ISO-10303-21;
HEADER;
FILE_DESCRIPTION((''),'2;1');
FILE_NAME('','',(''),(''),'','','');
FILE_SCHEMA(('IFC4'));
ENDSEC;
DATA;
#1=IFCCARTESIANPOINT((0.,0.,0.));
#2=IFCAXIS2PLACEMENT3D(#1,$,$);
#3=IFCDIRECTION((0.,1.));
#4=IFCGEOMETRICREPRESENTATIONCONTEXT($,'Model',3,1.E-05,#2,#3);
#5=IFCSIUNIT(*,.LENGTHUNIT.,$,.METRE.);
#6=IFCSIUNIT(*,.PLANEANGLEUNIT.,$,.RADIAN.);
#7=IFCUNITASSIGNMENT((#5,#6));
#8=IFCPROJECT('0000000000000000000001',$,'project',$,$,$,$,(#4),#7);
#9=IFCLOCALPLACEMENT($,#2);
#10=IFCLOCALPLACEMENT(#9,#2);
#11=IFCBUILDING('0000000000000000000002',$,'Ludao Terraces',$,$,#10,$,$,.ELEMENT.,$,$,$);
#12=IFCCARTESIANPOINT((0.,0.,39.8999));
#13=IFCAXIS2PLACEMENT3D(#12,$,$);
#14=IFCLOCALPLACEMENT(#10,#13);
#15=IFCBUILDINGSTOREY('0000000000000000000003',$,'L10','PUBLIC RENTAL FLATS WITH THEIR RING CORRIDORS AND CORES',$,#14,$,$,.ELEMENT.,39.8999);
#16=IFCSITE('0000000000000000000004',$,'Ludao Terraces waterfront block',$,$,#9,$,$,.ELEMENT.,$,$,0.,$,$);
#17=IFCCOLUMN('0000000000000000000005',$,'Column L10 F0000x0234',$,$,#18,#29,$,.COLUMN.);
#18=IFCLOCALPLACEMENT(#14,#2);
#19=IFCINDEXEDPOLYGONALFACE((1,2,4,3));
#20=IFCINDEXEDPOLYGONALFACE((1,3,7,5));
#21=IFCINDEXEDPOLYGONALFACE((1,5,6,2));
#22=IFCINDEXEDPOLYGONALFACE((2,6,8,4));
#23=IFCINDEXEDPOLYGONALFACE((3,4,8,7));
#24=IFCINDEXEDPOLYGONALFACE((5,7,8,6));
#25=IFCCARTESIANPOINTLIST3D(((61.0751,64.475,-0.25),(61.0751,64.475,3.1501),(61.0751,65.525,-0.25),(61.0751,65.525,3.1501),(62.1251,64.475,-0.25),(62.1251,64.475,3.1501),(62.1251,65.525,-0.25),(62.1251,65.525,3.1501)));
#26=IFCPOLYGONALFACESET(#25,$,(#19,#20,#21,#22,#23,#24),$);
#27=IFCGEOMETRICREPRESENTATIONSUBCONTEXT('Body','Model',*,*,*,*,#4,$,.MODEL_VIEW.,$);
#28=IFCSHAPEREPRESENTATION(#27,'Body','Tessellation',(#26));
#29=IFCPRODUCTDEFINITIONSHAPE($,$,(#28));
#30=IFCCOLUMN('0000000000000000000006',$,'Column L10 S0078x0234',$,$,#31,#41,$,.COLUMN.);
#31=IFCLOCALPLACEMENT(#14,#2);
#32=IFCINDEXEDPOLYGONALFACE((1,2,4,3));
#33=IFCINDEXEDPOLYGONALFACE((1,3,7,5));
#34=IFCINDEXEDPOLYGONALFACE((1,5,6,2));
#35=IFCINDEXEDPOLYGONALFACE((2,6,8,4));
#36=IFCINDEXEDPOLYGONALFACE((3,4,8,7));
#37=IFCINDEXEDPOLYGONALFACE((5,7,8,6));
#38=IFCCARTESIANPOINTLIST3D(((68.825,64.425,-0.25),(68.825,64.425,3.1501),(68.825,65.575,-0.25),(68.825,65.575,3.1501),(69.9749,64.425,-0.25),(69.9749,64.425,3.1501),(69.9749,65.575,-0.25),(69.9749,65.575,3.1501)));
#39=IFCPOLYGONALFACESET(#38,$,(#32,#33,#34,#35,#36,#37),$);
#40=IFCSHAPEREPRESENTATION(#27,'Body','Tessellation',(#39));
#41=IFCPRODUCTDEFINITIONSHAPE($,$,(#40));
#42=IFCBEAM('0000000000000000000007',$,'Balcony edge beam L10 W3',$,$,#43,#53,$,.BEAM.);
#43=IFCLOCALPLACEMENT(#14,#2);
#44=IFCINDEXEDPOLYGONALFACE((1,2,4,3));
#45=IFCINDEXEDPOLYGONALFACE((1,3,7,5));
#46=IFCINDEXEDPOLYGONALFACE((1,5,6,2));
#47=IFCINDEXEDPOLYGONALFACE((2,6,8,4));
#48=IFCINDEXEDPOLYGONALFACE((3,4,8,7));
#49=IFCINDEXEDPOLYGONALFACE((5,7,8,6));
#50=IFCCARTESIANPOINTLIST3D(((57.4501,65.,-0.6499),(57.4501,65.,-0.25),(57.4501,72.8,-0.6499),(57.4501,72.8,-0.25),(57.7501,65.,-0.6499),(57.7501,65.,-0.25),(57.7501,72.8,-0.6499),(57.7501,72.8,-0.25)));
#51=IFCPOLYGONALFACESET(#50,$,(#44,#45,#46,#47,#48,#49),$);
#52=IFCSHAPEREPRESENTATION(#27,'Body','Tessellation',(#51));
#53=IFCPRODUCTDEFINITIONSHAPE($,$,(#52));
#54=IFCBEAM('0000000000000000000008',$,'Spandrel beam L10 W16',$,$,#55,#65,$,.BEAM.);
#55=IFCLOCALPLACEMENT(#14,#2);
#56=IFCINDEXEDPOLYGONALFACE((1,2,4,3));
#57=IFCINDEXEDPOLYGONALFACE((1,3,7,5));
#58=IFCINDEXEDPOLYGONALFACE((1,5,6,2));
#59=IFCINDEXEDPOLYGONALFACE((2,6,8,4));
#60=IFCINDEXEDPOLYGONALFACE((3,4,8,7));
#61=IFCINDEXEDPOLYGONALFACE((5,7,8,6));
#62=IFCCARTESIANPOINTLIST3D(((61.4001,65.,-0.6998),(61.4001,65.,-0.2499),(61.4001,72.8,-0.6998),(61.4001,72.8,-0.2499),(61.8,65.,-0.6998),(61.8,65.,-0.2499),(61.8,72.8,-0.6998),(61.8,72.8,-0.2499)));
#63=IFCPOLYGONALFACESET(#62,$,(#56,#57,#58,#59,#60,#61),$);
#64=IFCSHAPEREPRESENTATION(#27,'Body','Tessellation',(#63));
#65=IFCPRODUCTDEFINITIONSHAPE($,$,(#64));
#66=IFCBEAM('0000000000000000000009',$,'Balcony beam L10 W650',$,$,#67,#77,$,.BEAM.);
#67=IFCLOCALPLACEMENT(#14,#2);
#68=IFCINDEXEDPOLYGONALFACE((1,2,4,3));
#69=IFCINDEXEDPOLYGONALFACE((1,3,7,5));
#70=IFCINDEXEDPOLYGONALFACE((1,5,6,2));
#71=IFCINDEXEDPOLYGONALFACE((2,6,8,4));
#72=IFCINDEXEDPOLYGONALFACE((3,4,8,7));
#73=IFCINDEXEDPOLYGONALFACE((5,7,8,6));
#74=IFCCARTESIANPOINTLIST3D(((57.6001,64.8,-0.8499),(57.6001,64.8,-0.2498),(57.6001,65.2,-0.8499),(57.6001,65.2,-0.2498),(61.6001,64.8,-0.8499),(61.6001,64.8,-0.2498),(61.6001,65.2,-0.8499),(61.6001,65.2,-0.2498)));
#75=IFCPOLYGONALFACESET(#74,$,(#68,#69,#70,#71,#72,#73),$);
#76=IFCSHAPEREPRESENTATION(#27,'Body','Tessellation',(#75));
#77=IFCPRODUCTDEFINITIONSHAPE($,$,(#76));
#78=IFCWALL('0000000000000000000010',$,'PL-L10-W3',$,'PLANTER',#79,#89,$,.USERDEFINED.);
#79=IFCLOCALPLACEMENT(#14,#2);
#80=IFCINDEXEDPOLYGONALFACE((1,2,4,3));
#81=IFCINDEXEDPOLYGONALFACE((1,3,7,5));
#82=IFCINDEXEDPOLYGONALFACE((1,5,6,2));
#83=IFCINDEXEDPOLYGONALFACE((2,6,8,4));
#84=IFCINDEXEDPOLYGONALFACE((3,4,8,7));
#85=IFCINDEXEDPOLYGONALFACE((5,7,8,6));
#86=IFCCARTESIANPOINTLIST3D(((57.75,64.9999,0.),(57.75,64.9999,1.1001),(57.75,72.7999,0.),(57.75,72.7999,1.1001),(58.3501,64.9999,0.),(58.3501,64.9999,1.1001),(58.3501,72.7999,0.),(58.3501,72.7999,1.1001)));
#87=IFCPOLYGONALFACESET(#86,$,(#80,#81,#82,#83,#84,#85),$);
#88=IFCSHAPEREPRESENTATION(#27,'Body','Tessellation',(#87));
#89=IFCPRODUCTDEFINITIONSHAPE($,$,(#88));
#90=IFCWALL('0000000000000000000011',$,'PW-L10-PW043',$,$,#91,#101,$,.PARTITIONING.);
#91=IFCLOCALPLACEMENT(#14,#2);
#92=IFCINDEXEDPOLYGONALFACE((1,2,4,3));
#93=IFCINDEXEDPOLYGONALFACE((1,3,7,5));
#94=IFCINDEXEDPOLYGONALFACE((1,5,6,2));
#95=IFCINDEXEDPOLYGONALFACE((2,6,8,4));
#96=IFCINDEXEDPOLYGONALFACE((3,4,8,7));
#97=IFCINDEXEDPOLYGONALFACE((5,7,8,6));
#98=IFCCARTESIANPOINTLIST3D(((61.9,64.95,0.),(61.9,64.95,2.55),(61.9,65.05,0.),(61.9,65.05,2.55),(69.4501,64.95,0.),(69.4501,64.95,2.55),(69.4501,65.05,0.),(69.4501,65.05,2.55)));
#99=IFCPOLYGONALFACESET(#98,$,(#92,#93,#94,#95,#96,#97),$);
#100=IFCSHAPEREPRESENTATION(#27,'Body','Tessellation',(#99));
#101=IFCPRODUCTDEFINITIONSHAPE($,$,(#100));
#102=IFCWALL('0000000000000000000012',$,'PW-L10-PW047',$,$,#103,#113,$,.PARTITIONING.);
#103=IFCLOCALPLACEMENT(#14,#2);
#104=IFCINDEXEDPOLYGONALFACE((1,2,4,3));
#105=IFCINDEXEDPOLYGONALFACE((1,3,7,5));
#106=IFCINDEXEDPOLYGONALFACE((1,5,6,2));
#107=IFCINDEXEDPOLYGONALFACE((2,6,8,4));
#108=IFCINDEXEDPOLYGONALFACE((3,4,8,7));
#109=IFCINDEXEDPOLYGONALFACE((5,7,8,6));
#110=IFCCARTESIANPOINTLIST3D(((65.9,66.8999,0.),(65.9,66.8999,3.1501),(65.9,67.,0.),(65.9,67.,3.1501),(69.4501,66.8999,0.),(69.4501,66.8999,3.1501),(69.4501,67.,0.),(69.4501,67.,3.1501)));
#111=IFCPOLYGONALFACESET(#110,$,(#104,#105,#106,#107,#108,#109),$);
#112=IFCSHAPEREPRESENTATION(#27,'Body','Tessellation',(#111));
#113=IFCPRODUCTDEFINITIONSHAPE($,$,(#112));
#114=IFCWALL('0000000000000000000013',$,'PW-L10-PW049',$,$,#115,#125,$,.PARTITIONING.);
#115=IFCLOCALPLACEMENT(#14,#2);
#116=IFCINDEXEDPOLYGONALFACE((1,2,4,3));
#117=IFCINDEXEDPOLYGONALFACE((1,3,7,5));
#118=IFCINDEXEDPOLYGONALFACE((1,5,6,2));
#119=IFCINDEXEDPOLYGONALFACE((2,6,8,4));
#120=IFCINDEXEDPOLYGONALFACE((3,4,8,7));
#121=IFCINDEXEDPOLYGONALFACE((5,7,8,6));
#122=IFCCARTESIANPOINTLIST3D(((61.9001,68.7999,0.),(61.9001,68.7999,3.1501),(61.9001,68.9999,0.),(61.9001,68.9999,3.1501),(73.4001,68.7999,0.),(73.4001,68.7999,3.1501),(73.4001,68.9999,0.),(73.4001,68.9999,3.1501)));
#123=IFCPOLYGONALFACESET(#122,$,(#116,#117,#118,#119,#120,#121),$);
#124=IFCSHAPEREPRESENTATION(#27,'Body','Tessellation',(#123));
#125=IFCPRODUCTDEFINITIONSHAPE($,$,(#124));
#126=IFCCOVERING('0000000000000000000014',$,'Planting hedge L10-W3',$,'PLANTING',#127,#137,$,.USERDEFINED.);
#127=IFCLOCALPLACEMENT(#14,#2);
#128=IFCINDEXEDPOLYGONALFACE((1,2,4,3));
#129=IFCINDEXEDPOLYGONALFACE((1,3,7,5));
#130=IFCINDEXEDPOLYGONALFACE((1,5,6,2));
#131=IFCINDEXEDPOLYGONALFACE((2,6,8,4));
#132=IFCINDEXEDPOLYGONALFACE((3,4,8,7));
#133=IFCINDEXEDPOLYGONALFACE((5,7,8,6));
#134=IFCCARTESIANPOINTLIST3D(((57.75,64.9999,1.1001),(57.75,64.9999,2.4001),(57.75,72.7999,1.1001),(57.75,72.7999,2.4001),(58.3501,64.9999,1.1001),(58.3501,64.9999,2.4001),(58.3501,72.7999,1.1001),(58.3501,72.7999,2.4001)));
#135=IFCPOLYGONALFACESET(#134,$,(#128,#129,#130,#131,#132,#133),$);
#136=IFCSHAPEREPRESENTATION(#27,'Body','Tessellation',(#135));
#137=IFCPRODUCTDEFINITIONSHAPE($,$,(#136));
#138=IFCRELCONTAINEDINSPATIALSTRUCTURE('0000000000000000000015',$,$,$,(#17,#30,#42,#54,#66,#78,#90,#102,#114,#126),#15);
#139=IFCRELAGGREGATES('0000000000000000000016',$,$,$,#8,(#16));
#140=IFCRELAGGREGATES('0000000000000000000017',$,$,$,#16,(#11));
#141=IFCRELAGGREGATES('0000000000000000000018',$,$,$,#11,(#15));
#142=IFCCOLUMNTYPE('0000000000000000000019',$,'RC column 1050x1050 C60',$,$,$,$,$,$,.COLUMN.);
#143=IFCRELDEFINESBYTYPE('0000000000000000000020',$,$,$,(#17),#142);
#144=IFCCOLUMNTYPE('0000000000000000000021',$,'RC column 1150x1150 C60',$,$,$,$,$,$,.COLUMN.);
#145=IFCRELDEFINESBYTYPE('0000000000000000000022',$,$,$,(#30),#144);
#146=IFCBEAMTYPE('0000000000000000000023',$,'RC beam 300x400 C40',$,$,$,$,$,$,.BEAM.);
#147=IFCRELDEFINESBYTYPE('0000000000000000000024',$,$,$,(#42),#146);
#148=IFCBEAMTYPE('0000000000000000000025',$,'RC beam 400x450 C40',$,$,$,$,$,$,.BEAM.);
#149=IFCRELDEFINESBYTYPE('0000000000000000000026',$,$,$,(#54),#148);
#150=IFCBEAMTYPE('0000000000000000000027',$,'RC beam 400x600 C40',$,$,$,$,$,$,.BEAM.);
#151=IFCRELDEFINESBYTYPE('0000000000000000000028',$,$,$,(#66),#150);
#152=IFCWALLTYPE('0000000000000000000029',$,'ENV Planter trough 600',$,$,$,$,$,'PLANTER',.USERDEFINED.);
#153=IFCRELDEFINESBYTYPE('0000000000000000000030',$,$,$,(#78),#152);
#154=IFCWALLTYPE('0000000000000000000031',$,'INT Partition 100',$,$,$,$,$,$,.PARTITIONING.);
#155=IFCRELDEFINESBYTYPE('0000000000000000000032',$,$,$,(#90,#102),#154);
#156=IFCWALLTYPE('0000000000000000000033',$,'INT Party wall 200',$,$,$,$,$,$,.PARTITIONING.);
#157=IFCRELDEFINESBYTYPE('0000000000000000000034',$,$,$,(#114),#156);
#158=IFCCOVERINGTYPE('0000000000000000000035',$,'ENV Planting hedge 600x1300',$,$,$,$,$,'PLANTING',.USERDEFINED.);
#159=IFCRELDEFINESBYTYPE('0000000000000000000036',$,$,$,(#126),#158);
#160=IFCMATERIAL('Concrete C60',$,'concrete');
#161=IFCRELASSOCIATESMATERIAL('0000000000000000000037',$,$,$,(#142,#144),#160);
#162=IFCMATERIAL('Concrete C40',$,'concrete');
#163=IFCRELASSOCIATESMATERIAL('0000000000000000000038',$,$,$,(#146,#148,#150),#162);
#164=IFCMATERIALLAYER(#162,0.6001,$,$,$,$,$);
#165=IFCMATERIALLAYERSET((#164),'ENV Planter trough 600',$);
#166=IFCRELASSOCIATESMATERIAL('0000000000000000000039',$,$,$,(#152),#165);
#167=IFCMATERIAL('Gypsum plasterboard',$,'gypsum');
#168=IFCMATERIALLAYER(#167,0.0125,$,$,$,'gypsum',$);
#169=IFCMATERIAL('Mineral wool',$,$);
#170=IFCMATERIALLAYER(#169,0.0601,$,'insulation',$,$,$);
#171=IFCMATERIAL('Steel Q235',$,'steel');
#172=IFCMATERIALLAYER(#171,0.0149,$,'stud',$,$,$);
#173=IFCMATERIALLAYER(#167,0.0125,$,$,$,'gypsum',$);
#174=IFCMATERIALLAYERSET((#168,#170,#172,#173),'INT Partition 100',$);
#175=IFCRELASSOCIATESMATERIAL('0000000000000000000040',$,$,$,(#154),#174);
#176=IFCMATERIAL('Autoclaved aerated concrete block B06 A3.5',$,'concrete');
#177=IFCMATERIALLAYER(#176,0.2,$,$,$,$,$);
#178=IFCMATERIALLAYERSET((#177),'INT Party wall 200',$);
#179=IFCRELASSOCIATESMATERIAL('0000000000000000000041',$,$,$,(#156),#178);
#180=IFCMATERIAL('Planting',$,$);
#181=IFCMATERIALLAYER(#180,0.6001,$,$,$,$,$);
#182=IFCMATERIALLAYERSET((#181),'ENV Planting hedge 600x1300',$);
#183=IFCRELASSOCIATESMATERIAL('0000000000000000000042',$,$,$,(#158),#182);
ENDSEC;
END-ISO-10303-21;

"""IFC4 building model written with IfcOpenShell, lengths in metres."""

from ifc_helpers import new_model, si_unit, direction, frame, frame_2d, origin, origin_2d, place, context, subcontext, project, spatial, rectangle, extrude, material, layer, layer_set, material_profile, profile_set, type_object, element, save


model = new_model("IFC4")

# Units and contexts
model_context = context("Model", 3, precision=1e-05, world=origin(), true_north=direction((0.0, 1.0)))
body_context = subcontext(model_context, "Body", "Model", "MODEL_VIEW")
ifc_project = project(units=[si_unit("LENGTHUNIT", "METRE"), si_unit("PLANEANGLEUNIT", "RADIAN")], contexts=[model_context])

# Site, building, storey
site_placement = place(None, origin())
site = spatial("IfcSite", under=ifc_project, at=site_placement, Name="Ludao Terraces waterfront block", CompositionType="ELEMENT", RefElevation=0.0)
building_placement = place(site_placement, origin())
building = spatial("IfcBuilding", under=site, at=building_placement, Name="Ludao Terraces", CompositionType="ELEMENT")
storey_placement = place(building_placement, frame((0.0, 0.0, 39.8999)))
storey = spatial("IfcBuildingStorey", under=building, at=storey_placement, Name="L10", Description="PUBLIC RENTAL FLATS WITH THEIR RING CORRIDORS AND CORES", CompositionType="ELEMENT", Elevation=39.8999)

# Columns
ifc_material_1 = material(Name="Concrete C60", Category="concrete")
ifc_material_profile_1 = material_profile(ifc_material_1, rectangle(XDim=1.05, YDim=1.05, at=origin_2d()), Name="1050 X 1050")
ifc_profile_set_1 = profile_set([ifc_material_profile_1], Name="Concrete C60")
column_type_1 = type_object("IfcColumnType", Name="RC column 1050x1050 C60", PredefinedType="COLUMN", material=ifc_profile_set_1)
column_1_placement = place(storey_placement, frame((61.6001, 65.0, -0.25), z_axis=(0.0, 0.0, 1.0), x_axis=(1.0, 0.0, 0.0)))
element("IfcColumn", 1, at=column_1_placement, inside=storey, type_object=column_type_1, Name="Column L10 F0000x0234", PredefinedType="COLUMN", context=body_context, shape_type="SweptSolid", body=[
    extrude(rectangle(XDim=1.05, YDim=1.05, at=origin_2d()), origin(), (0.0, 0.0, 1.0), 3.4001),
])
ifc_material_profile_2 = material_profile(ifc_material_1, rectangle(XDim=1.1499, YDim=1.1499, at=origin_2d()), Name="1150 X 1150")
ifc_profile_set_2 = profile_set([ifc_material_profile_2], Name="Concrete C60")
column_type_2 = type_object("IfcColumnType", Name="RC column 1150x1150 C60", PredefinedType="COLUMN", material=ifc_profile_set_2)
column_2_placement = place(storey_placement, frame((69.3999, 65.0, -0.25), z_axis=(0.0, 0.0, 1.0), x_axis=(1.0, 0.0, 0.0)))
element("IfcColumn", 2, at=column_2_placement, inside=storey, type_object=column_type_2, Name="Column L10 S0078x0234", PredefinedType="COLUMN", context=body_context, shape_type="SweptSolid", body=[
    extrude(rectangle(XDim=1.1499, YDim=1.1499, at=origin_2d()), origin(), (0.0, 0.0, 1.0), 3.4001),
])

# Beams
ifc_material_2 = material(Name="Concrete C40", Category="concrete")
ifc_material_profile_3 = material_profile(ifc_material_2, rectangle(XDim=0.3, YDim=0.3999, at=origin_2d()), Name="300 X 400")
ifc_profile_set_3 = profile_set([ifc_material_profile_3], Name="Concrete C40")
beam_type_1 = type_object("IfcBeamType", Name="RC beam 300x400 C40", PredefinedType="BEAM", material=ifc_profile_set_3)
beam_1_placement = place(storey_placement, frame((57.6001, 65.0, -0.45), z_axis=(0.0, 1.0, 0.0), x_axis=(-1.0, 0.0, 0.0)))
element("IfcBeam", 3, at=beam_1_placement, inside=storey, type_object=beam_type_1, Name="Balcony edge beam L10 W3", PredefinedType="BEAM", context=body_context, shape_type="SweptSolid", body=[
    extrude(rectangle(XDim=0.3, YDim=0.3999, at=origin_2d()), origin(), (0.0, 0.0, 1.0), 7.8),
])
ifc_material_profile_4 = material_profile(ifc_material_2, rectangle(XDim=0.3999, YDim=0.45, at=origin_2d()), Name="400 X 450")
ifc_profile_set_4 = profile_set([ifc_material_profile_4], Name="Concrete C40")
beam_type_2 = type_object("IfcBeamType", Name="RC beam 400x450 C40", PredefinedType="BEAM", material=ifc_profile_set_4)
beam_2_placement = place(storey_placement, frame((61.6001, 65.0, -0.4749), z_axis=(0.0, 1.0, 0.0), x_axis=(-1.0, 0.0, 0.0)))
element("IfcBeam", 4, at=beam_2_placement, inside=storey, type_object=beam_type_2, Name="Spandrel beam L10 W16", PredefinedType="BEAM", context=body_context, shape_type="SweptSolid", body=[
    extrude(rectangle(XDim=0.3999, YDim=0.45, at=origin_2d()), origin(), (0.0, 0.0, 1.0), 7.8),
])
ifc_material_profile_5 = material_profile(ifc_material_2, rectangle(XDim=0.3999, YDim=0.6001, at=origin_2d()), Name="400 X 600")
ifc_profile_set_5 = profile_set([ifc_material_profile_5], Name="Concrete C40")
beam_type_3 = type_object("IfcBeamType", Name="RC beam 400x600 C40", PredefinedType="BEAM", material=ifc_profile_set_5)
beam_3_placement = place(storey_placement, frame((61.6001, 65.0, -0.5498), z_axis=(-1.0, 0.0, 0.0), x_axis=(0.0, -1.0, 0.0)))
element("IfcBeam", 5, at=beam_3_placement, inside=storey, type_object=beam_type_3, Name="Balcony beam L10 W650", PredefinedType="BEAM", context=body_context, shape_type="SweptSolid", body=[
    extrude(rectangle(XDim=0.3999, YDim=0.6001, at=origin_2d()), origin(), (0.0, 0.0, 1.0), 4.0),
])

# Wall
ifc_layer_1 = layer(ifc_material_2, 0.6001)
ifc_layer_set_1 = layer_set([ifc_layer_1], Name="ENV Planter trough 600")
wall_type_1 = type_object("IfcWallType", Name="ENV Planter trough 600", ElementType="PLANTER", PredefinedType="USERDEFINED", material=ifc_layer_set_1)
wall_1_placement = place(storey_placement, frame((58.05, 65.0, 0.0), z_axis=(0.0, 0.0, 1.0), x_axis=(0.0, 1.0, 0.0)))
element("IfcWall", 6, at=wall_1_placement, inside=storey, type_object=wall_type_1, Name="PL-L10-W3", ObjectType="PLANTER", PredefinedType="USERDEFINED", context=body_context, shape_type="SweptSolid", body=[
    extrude(rectangle(XDim=7.8, YDim=0.6001, at=frame_2d((3.8999, 0.0))), origin(), (0.0, 0.0, 1.0), 1.1001),
])

# Shared definitions
ifc_material_3 = material(Name="Mineral wool")

# Walls
ifc_material_4 = material(Name="Gypsum plasterboard", Category="gypsum")
ifc_layer_2 = layer(ifc_material_4, 0.0125, Category="gypsum")
ifc_layer_3 = layer(ifc_material_3, 0.0601, Name="insulation")
ifc_material_5 = material(Name="Steel Q235", Category="steel")
ifc_layer_4 = layer(ifc_material_5, 0.0149, Name="stud")
ifc_layer_5 = layer(ifc_material_4, 0.0125, Category="gypsum")
ifc_layer_set_2 = layer_set([ifc_layer_2, ifc_layer_3, ifc_layer_4, ifc_layer_5], Name="INT Partition 100")
wall_type_2 = type_object("IfcWallType", Name="INT Partition 100", PredefinedType="PARTITIONING", material=ifc_layer_set_2)
wall_2_placement = place(storey_placement, frame((61.9001, 65.0, 0.0), z_axis=(0.0, 0.0, 1.0), x_axis=(1.0, 0.0, 0.0)))
element("IfcWall", 7, at=wall_2_placement, inside=storey, type_object=wall_type_2, Name="PW-L10-PW043", PredefinedType="PARTITIONING", context=body_context, shape_type="SweptSolid", body=[
    extrude(rectangle(XDim=7.55, YDim=0.1001, at=frame_2d((3.7749, 0.0))), origin(), (0.0, 0.0, 1.0), 2.55),
])
wall_3_placement = place(storey_placement, frame((65.9001, 66.95, 0.0), z_axis=(0.0, 0.0, 1.0), x_axis=(1.0, 0.0, 0.0)))
element("IfcWall", 8, at=wall_3_placement, inside=storey, type_object=wall_type_2, Name="PW-L10-PW047", PredefinedType="PARTITIONING", context=body_context, shape_type="SweptSolid", body=[
    extrude(rectangle(XDim=3.55, YDim=0.1001, at=frame_2d((1.7749, 0.0))), origin(), (0.0, 0.0, 1.0), 3.1501),
])
ifc_material_6 = material(Name="Autoclaved aerated concrete block B06 A3.5", Category="concrete")
ifc_layer_6 = layer(ifc_material_6, 0.2)
ifc_layer_set_3 = layer_set([ifc_layer_6], Name="INT Party wall 200")
wall_type_3 = type_object("IfcWallType", Name="INT Party wall 200", PredefinedType="PARTITIONING", material=ifc_layer_set_3)
wall_4_placement = place(storey_placement, frame((61.9001, 68.8999, 0.0), z_axis=(0.0, 0.0, 1.0), x_axis=(1.0, 0.0, 0.0)))
element("IfcWall", 9, at=wall_4_placement, inside=storey, type_object=wall_type_3, Name="PW-L10-PW049", PredefinedType="PARTITIONING", context=body_context, shape_type="SweptSolid", body=[
    extrude(rectangle(XDim=11.5, YDim=0.2, at=frame_2d((5.75, 0.0))), origin(), (0.0, 0.0, 1.0), 3.1501),
])

# Covering
ifc_material_7 = material(Name="Planting")
ifc_layer_7 = layer(ifc_material_7, 0.6001)
ifc_layer_set_4 = layer_set([ifc_layer_7], Name="ENV Planting hedge 600x1300")
covering_type = type_object("IfcCoveringType", Name="ENV Planting hedge 600x1300", ElementType="PLANTING", PredefinedType="USERDEFINED", material=ifc_layer_set_4)
covering_placement = place(storey_placement, frame((58.05, 68.8999, 1.1001), z_axis=(0.0, 0.0, 1.0), x_axis=(1.0, 0.0, 0.0)))
element("IfcCovering", 10, at=covering_placement, inside=storey, type_object=covering_type, Name="Planting hedge L10-W3", ObjectType="PLANTING", PredefinedType="USERDEFINED", context=body_context, shape_type="SweptSolid", body=[
    extrude(rectangle(XDim=0.6001, YDim=7.8, at=origin_2d()), origin(), (0.0, 0.0, 1.0), 1.3),
])

save(model, "model.ifc")
